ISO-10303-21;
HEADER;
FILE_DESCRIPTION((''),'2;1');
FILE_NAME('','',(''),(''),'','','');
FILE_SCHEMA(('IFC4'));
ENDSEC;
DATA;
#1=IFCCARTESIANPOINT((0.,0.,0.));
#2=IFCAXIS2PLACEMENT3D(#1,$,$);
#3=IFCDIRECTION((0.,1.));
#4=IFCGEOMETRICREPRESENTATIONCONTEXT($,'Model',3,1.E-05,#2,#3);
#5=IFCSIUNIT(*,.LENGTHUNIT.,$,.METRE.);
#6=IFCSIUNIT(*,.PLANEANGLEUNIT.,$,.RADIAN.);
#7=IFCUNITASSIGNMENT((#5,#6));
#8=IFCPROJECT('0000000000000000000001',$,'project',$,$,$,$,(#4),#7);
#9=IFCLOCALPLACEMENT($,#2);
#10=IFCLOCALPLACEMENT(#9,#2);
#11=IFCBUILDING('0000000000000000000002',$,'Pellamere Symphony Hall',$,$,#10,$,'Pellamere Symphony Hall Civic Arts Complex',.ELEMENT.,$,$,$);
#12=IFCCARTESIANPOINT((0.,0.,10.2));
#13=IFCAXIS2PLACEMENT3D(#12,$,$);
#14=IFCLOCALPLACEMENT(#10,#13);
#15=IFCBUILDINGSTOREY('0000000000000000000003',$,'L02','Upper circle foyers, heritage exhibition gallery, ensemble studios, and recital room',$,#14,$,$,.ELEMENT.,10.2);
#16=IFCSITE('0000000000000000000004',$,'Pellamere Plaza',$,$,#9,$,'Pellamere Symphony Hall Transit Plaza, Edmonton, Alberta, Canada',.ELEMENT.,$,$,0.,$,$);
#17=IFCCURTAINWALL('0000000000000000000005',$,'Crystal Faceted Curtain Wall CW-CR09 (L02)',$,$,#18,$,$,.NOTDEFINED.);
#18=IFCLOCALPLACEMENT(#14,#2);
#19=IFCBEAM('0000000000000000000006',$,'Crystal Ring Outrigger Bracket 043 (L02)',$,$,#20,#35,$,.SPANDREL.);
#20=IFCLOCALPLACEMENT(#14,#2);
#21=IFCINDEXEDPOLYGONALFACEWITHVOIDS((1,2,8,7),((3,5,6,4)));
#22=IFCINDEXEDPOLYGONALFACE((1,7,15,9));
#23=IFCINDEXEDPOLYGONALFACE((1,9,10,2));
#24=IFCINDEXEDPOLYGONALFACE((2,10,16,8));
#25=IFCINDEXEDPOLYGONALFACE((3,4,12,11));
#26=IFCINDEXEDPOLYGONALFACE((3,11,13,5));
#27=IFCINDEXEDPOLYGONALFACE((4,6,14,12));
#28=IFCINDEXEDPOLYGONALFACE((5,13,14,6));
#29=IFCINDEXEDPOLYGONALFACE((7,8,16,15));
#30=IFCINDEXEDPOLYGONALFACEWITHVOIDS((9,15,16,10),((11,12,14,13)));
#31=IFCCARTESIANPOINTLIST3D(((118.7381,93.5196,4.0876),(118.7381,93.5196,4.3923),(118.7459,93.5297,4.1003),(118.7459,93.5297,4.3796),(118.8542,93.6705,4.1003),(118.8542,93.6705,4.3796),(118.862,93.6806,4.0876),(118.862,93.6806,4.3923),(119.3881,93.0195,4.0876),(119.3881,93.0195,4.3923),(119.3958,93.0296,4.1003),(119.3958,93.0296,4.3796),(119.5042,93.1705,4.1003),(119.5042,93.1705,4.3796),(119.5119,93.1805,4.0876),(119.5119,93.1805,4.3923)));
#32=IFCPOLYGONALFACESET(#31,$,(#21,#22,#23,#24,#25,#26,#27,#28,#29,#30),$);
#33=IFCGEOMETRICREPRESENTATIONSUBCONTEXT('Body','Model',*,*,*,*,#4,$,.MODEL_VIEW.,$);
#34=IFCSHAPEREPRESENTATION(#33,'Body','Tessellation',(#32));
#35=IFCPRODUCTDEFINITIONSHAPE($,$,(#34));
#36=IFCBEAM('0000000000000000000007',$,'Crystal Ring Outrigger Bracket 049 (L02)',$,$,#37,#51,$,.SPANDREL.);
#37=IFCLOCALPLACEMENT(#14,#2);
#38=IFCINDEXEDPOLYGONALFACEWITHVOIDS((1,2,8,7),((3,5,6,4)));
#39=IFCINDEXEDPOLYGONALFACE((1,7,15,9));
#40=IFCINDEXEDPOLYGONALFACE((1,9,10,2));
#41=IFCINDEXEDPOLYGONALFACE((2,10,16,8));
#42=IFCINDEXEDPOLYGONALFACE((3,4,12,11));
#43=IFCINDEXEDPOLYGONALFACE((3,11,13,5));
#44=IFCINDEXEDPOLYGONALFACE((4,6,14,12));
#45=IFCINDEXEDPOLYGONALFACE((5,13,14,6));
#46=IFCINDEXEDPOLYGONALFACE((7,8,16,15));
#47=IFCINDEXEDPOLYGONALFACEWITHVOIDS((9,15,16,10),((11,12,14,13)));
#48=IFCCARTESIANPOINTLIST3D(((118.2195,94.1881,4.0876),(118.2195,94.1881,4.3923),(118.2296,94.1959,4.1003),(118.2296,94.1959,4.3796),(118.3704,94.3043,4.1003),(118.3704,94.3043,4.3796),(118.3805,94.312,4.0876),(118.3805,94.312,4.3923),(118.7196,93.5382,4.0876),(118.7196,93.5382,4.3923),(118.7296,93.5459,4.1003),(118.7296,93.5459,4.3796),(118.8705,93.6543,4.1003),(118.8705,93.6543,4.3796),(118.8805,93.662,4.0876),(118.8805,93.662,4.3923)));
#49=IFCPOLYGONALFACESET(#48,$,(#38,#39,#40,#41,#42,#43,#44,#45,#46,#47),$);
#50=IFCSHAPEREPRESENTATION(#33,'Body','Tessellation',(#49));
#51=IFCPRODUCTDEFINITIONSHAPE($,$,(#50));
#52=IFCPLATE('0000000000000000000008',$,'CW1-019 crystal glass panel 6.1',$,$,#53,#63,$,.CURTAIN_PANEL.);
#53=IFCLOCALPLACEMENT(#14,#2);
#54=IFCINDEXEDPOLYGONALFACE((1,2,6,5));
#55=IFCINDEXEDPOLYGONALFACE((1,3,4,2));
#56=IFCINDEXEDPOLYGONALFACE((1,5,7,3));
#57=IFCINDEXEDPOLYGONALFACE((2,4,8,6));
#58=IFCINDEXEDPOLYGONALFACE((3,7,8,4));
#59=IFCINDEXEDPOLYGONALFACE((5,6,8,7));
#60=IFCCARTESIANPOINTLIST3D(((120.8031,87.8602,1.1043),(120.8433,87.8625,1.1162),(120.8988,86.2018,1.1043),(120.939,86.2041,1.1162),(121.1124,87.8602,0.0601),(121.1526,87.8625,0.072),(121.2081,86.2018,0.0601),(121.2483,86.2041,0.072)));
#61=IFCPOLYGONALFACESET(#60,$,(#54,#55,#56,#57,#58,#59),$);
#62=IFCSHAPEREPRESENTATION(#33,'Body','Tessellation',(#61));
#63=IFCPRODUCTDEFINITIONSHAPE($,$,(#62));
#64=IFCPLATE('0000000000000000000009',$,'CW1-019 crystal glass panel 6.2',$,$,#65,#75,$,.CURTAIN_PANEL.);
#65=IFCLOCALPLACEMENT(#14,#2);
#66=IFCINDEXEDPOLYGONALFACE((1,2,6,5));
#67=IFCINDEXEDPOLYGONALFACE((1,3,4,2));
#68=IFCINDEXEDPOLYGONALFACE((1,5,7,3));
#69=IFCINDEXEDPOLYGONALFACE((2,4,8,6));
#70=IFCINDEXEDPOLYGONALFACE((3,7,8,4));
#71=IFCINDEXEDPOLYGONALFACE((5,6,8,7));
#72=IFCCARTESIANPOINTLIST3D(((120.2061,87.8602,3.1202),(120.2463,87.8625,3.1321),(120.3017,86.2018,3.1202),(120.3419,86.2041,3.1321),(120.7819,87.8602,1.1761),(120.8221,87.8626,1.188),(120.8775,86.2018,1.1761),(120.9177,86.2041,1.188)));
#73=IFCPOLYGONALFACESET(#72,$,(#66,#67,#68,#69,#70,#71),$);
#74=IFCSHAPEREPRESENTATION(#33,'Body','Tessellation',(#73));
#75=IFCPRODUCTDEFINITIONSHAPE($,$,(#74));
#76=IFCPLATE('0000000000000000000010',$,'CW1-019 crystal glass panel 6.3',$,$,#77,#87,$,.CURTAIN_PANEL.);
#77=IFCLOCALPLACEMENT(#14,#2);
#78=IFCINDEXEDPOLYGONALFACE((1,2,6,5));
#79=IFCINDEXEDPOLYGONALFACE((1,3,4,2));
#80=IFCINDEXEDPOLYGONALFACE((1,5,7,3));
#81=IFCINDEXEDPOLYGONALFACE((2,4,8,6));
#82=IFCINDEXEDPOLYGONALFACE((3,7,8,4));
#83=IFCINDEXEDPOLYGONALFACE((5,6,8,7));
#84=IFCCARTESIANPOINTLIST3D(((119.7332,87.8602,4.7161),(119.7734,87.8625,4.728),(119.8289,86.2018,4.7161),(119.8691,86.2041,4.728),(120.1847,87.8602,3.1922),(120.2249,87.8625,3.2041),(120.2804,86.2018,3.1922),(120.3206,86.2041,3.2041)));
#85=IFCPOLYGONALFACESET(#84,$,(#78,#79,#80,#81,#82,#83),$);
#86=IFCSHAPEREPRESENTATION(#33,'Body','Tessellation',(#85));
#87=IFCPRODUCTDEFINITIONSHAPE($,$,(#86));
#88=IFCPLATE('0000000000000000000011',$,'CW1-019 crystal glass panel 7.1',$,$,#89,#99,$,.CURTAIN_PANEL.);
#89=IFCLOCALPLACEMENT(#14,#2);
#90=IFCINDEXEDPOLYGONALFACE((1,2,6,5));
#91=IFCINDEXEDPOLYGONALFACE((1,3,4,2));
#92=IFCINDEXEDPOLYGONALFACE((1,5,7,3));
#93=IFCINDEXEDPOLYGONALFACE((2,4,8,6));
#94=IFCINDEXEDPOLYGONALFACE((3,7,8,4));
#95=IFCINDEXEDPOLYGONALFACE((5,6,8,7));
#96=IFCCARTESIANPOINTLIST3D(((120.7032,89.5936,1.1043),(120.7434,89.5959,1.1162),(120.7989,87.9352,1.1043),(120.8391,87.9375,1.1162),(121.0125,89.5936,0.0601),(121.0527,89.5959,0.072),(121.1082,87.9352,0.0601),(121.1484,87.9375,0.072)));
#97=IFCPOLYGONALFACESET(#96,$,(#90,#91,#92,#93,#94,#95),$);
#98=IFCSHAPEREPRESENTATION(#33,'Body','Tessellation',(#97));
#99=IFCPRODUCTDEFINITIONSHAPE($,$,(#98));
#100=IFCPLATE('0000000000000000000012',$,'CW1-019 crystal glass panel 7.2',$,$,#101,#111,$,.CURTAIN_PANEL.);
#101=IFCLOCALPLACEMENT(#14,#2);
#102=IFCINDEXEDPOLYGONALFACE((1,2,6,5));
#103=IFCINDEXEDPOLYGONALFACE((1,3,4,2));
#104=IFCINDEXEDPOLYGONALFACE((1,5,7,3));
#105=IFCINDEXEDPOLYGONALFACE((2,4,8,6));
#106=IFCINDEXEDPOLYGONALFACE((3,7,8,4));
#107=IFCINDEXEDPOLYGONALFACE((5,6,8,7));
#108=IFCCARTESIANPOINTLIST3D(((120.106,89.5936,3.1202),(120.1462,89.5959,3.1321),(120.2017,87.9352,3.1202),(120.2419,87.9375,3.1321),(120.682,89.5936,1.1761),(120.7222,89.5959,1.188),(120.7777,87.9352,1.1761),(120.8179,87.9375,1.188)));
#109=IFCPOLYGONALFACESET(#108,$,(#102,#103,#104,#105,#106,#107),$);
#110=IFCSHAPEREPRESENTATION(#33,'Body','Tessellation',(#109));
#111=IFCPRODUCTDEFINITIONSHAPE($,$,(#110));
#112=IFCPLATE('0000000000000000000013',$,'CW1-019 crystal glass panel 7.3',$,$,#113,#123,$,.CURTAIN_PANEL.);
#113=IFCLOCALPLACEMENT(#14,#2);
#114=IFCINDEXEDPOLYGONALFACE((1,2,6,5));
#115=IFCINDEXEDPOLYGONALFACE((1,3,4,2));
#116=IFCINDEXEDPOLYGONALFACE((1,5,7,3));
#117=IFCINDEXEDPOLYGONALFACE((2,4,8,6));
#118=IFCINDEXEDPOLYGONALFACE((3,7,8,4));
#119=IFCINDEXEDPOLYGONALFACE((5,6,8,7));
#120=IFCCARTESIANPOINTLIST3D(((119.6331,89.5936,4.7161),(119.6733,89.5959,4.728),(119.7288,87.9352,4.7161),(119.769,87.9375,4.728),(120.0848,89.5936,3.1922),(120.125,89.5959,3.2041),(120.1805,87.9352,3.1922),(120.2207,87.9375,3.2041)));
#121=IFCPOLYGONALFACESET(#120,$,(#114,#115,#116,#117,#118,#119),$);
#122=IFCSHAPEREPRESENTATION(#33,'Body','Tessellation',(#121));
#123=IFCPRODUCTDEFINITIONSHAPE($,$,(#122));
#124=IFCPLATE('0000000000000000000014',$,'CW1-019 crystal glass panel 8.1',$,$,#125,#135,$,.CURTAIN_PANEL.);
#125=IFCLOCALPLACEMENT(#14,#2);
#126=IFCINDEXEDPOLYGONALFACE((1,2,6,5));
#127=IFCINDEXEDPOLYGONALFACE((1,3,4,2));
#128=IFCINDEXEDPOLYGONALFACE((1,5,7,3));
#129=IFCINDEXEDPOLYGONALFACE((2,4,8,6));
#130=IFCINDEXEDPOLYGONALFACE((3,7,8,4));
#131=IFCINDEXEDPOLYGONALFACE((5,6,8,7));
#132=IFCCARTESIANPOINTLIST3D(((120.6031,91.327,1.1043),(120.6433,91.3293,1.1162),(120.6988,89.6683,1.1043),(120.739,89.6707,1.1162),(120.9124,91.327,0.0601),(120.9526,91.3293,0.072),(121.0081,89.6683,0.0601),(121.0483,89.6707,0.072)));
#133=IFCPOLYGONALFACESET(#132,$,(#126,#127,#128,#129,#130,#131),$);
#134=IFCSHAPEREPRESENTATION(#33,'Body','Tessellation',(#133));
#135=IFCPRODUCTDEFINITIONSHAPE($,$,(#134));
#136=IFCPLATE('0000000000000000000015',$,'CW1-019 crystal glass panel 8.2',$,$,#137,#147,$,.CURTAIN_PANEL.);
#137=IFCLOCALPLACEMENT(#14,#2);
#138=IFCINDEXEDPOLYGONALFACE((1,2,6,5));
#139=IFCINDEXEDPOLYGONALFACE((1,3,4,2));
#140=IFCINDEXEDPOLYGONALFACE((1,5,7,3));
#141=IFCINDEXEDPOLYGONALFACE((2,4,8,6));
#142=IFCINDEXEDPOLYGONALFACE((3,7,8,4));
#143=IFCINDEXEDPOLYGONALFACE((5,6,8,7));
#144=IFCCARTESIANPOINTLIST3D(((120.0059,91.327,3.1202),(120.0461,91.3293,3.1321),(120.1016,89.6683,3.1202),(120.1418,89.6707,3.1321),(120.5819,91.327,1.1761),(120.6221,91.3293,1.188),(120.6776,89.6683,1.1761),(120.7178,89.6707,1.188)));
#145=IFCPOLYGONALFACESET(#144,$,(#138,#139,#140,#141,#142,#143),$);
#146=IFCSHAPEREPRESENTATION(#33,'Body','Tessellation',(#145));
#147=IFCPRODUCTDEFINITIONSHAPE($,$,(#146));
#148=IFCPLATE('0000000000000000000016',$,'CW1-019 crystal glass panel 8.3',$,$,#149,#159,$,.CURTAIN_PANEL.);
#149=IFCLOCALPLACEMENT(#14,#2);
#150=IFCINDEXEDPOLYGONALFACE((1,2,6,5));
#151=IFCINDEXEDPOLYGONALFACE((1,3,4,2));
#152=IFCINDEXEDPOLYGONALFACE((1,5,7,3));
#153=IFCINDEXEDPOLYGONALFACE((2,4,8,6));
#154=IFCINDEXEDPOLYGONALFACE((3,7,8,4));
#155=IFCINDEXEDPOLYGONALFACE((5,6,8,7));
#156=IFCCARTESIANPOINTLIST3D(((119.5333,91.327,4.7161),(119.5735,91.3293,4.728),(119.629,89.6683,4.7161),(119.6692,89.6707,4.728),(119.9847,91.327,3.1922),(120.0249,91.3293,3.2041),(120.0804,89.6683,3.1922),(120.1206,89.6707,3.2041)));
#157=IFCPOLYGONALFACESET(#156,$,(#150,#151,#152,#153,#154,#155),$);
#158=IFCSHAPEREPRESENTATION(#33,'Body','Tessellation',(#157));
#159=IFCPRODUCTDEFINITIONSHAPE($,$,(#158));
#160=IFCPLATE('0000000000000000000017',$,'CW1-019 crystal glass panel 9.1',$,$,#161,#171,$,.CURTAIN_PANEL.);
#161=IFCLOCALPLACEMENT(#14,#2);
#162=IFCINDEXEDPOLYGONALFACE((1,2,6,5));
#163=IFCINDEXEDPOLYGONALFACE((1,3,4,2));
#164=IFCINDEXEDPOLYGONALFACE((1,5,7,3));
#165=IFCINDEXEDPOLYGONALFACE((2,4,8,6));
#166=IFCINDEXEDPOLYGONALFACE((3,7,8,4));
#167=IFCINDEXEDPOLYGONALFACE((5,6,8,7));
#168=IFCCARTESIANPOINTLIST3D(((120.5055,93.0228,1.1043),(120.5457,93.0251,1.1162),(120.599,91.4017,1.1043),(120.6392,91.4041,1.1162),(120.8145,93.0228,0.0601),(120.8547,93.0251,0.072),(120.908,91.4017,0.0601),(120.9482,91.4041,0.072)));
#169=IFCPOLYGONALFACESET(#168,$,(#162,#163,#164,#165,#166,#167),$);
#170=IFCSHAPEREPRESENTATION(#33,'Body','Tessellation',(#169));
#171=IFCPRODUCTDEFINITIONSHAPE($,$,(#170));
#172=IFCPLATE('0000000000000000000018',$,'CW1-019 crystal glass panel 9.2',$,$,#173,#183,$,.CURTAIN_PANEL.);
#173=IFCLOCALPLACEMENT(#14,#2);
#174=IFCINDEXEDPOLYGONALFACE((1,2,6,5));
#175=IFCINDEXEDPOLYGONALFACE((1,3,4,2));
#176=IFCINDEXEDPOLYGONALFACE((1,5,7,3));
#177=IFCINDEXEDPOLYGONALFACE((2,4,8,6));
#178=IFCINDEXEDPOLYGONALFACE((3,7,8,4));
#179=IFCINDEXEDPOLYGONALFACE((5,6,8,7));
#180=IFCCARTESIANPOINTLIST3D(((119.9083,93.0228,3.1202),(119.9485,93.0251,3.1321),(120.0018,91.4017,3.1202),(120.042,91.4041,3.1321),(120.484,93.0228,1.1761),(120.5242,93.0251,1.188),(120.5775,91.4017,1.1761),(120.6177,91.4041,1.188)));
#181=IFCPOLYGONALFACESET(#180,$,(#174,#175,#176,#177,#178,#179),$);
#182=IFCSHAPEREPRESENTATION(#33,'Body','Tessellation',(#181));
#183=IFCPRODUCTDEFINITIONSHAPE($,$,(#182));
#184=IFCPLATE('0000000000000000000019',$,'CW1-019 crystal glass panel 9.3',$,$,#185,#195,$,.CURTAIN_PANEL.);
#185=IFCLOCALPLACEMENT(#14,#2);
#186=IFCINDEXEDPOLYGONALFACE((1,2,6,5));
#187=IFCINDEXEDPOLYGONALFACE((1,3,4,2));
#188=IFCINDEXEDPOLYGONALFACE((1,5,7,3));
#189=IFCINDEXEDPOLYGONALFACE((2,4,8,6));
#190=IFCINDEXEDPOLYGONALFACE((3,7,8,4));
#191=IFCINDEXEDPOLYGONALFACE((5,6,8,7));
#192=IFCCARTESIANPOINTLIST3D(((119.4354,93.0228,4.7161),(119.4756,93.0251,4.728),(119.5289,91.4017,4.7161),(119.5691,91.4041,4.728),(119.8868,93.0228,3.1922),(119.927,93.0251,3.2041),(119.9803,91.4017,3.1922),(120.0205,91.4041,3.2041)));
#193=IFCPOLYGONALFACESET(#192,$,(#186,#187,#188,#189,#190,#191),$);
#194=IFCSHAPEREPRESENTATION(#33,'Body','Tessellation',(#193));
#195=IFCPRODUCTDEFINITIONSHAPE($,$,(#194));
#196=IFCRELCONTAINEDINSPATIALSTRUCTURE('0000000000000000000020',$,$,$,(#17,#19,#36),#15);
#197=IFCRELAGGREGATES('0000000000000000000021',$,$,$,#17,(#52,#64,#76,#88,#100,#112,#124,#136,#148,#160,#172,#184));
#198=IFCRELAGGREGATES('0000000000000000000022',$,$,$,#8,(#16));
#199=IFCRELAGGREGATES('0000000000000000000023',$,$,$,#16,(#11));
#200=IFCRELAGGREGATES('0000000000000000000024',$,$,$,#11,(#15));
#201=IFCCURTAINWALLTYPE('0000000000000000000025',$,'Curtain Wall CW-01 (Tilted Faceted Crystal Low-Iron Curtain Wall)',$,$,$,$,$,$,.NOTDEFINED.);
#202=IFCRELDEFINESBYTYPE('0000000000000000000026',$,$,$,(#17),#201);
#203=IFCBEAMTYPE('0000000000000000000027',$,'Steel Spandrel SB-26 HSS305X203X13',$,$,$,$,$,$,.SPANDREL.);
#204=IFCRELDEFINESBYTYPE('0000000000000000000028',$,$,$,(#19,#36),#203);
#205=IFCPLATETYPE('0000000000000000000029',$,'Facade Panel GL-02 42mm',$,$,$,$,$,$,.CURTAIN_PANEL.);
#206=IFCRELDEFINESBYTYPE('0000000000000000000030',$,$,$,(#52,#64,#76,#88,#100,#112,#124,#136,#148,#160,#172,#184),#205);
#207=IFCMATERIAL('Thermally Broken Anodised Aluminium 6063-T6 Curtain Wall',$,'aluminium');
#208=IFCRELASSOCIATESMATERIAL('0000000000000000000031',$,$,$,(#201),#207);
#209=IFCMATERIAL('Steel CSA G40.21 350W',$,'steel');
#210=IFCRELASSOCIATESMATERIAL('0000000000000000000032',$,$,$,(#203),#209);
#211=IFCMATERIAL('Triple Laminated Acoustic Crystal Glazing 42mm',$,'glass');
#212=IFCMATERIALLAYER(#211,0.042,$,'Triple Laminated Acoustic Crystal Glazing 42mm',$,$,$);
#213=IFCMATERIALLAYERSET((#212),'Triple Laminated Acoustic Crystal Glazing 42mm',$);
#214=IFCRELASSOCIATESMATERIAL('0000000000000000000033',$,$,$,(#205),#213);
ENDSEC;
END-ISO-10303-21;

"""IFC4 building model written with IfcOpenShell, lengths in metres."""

from ifc_helpers import new_model, si_unit, direction, frame, origin, origin_2d, place, context, subcontext, project, spatial, polyline, hollow_rectangle, outline, extrude, material, layer, layer_set, material_profile, profile_set, type_object, element, aggregate, save


model = new_model("IFC4")

# Units and contexts
model_context = context("Model", 3, precision=1e-05, world=origin(), true_north=direction((0.0, 1.0)))
body_context = subcontext(model_context, "Body", "Model", "MODEL_VIEW")
ifc_project = project(units=[si_unit("LENGTHUNIT", "METRE"), si_unit("PLANEANGLEUNIT", "RADIAN")], contexts=[model_context])

# Site, building, storey
site_placement = place(None, origin())
site = spatial("IfcSite", under=ifc_project, at=site_placement, Name="Pellamere Plaza", LongName="Pellamere Symphony Hall Transit Plaza, Edmonton, Alberta, Canada", CompositionType="ELEMENT", RefElevation=0.0)
building_placement = place(site_placement, origin())
building = spatial("IfcBuilding", under=site, at=building_placement, Name="Pellamere Symphony Hall", LongName="Pellamere Symphony Hall Civic Arts Complex", CompositionType="ELEMENT")
storey_placement = place(building_placement, frame((0.0, 0.0, 10.2)))
storey = spatial("IfcBuildingStorey", under=building, at=storey_placement, Name="L02", Description="Upper circle foyers, heritage exhibition gallery, ensemble studios, and recital room", CompositionType="ELEMENT", Elevation=10.2)

# Curtain wall
ifc_material_1 = material(Name="Thermally Broken Anodised Aluminium 6063-T6 Curtain Wall", Category="aluminium")
curtain_wall_type = type_object("IfcCurtainWallType", Name="Curtain Wall CW-01 (Tilted Faceted Crystal Low-Iron Curtain Wall)", PredefinedType="NOTDEFINED", material=ifc_material_1)
curtain_wall_placement = place(storey_placement, origin())
curtain_wall = element("IfcCurtainWall", 1, at=curtain_wall_placement, inside=storey, type_object=curtain_wall_type, Name="Crystal Faceted Curtain Wall CW-CR09 (L02)", PredefinedType="NOTDEFINED")

# Beams
ifc_material_2 = material(Name="Steel CSA G40.21 350W", Category="steel")
ifc_material_profile_1 = material_profile(ifc_material_2, hollow_rectangle(XDim=0.2031, YDim=0.3047, WallThickness=0.0127, at=origin_2d()), Name="HSS305X203X13")
ifc_profile_set_1 = profile_set([ifc_material_profile_1], Name="Steel CSA G40.21 350W")
beam_type = type_object("IfcBeamType", Name="Steel Spandrel SB-26 HSS305X203X13", PredefinedType="SPANDREL", material=ifc_profile_set_1)
for number, where, z_axis, x_axis, name in (
    (2, (118.8, 93.6001, 4.24), (0.79258, -0.609768, 0.0), (0.609768, 0.79258, 0.0), "Crystal Ring Outrigger Bracket 043 (L02)"),
    (3, (118.8, 93.6001, 4.24), (-0.609768, 0.79258, 0.0), (-0.79258, -0.609768, 0.0), "Crystal Ring Outrigger Bracket 049 (L02)"),
):
    element("IfcBeam", number, at=place(storey_placement, frame(where, z_axis=z_axis, x_axis=x_axis)), inside=storey, type_object=beam_type, Name=name, PredefinedType="SPANDREL", context=body_context, shape_type="SweptSolid", body=[
        extrude(hollow_rectangle(XDim=0.2031, YDim=0.3047, WallThickness=0.0127, at=origin_2d()), origin(), (0.0, 0.0, 1.0), 0.8201),
    ])

# Plates
ifc_material_3 = material(Name="Triple Laminated Acoustic Crystal Glazing 42mm", Category="glass")
ifc_layer_1 = layer(ifc_material_3, 0.042, Name="Triple Laminated Acoustic Crystal Glazing 42mm")
ifc_layer_set_1 = layer_set([ifc_layer_1], Name="Triple Laminated Acoustic Crystal Glazing 42mm")
plate_type_1 = type_object("IfcPlateType", Name="Facade Panel GL-02 42mm", PredefinedType="CURTAIN_PANEL", material=ifc_layer_set_1)
plate_1_placement = place(storey_placement, frame((121.2483, 86.2041, 0.072), z_axis=(0.95735, 0.055245, 0.283601), x_axis=(-0.057611, 0.998339, 0.0)))
plate_1 = element("IfcPlate", 4, at=plate_1_placement, type_object=plate_type_1, Name="CW1-019 crystal glass panel 6.1", PredefinedType="CURTAIN_PANEL", context=body_context, shape_type="SweptSolid", body=[
    extrude(outline(polyline([(0.0, 0.0), (1.6612, 0.0), (1.679, 1.0889), (0.0178, 1.0889), (0.0, 0.0)])), origin(), (0.0, 0.0, -1.0), 0.042),
])
plate_2_placement = place(storey_placement, frame((120.9177, 86.2041, 1.188), z_axis=(0.957367, 0.055176, 0.283555), x_axis=(-0.057543, 0.998343, 0.00002)))
plate_2 = element("IfcPlate", 5, at=plate_2_placement, type_object=plate_type_1, Name="CW1-019 crystal glass panel 6.2", PredefinedType="CURTAIN_PANEL", context=body_context, shape_type="SweptSolid", body=[
    extrude(outline(polyline([(0.0, 0.0), (1.6612, 0.0), (1.6944, 2.0273), (0.0332, 2.0273), (0.0, 0.0)])), origin(), (0.0, 0.0, -1.0), 0.042),
])
plate_3_placement = place(storey_placement, frame((120.3206, 86.2041, 3.2041), z_axis=(0.957354, 0.055246, 0.283587), x_axis=(-0.057611, 0.998339, 0.0)))
plate_3 = element("IfcPlate", 6, at=plate_3_placement, type_object=plate_type_1, Name="CW1-019 crystal glass panel 6.3", PredefinedType="CURTAIN_PANEL", context=body_context, shape_type="SweptSolid", body=[
    extrude(outline(polyline([(0.0, 0.0), (1.6612, 0.0), (1.6872, 1.5892), (0.026, 1.5892), (0.0, 0.0)])), origin(), (0.0, 0.0, -1.0), 0.042),
])
plate_4_placement = place(storey_placement, frame((121.1484, 87.9375, 0.072), z_axis=(0.95735, 0.055245, 0.283601), x_axis=(-0.057611, 0.998339, 0.0)))
plate_4 = element("IfcPlate", 7, at=plate_4_placement, type_object=plate_type_1, Name="CW1-019 crystal glass panel 7.1", PredefinedType="CURTAIN_PANEL", context=body_context, shape_type="SweptSolid", body=[
    extrude(outline(polyline([(0.0, 0.0), (1.6612, 0.0), (1.679, 1.0889), (0.0178, 1.0889), (0.0, 0.0)])), origin(), (0.0, 0.0, -1.0), 0.042),
])
plate_5_placement = place(storey_placement, frame((120.8179, 87.9375, 1.188), z_axis=(0.957347, 0.055245, 0.283609), x_axis=(-0.057611, 0.998339, 0.0)))
plate_5 = element("IfcPlate", 8, at=plate_5_placement, type_object=plate_type_1, Name="CW1-019 crystal glass panel 7.2", PredefinedType="CURTAIN_PANEL", context=body_context, shape_type="SweptSolid", body=[
    extrude(outline(polyline([(0.0, 0.0), (1.6612, 0.0), (1.6944, 2.0273), (0.0332, 2.0273), (0.0, 0.0)])), origin(), (0.0, 0.0, -1.0), 0.042),
])
plate_6_placement = place(storey_placement, frame((120.2207, 87.9375, 3.2041), z_axis=(0.957312, 0.055243, 0.283728), x_axis=(-0.057611, 0.998339, 0.0)))
plate_6 = element("IfcPlate", 9, at=plate_6_placement, type_object=plate_type_1, Name="CW1-019 crystal glass panel 7.3", PredefinedType="CURTAIN_PANEL", context=body_context, shape_type="SweptSolid", body=[
    extrude(outline(polyline([(0.0, 0.0), (1.6612, 0.0), (1.6872, 1.5892), (0.026, 1.5892), (0.0, 0.0)])), origin(), (0.0, 0.0, -1.0), 0.042),
])
plate_7_placement = place(storey_placement, frame((121.0483, 89.6707, 0.072), z_axis=(0.95735, 0.055237, 0.283601), x_axis=(-0.057602, 0.99834, 0.0)))
plate_7 = element("IfcPlate", 10, at=plate_7_placement, type_object=plate_type_1, Name="CW1-019 crystal glass panel 8.1", PredefinedType="CURTAIN_PANEL", context=body_context, shape_type="SweptSolid", body=[
    extrude(outline(polyline([(0.0, 0.0), (1.6615, 0.0), (1.6793, 1.0889), (0.0178, 1.0889), (0.0, 0.0)])), origin(), (0.0, 0.0, -1.0), 0.042),
])
plate_8_placement = place(storey_placement, frame((120.7178, 89.6707, 1.188), z_axis=(0.957348, 0.055237, 0.28361), x_axis=(-0.057602, 0.99834, 0.0)))
plate_8 = element("IfcPlate", 11, at=plate_8_placement, type_object=plate_type_1, Name="CW1-019 crystal glass panel 8.2", PredefinedType="CURTAIN_PANEL", context=body_context, shape_type="SweptSolid", body=[
    extrude(outline(polyline([(0.0, 0.0), (1.6615, 0.0), (1.6946, 2.0273), (0.0332, 2.0273), (0.0, 0.0)])), origin(), (0.0, 0.0, -1.0), 0.042),
])
plate_9_placement = place(storey_placement, frame((120.1206, 89.6707, 3.2041), z_axis=(0.957354, 0.055237, 0.283587), x_axis=(-0.057602, 0.99834, 0.0)))
plate_9 = element("IfcPlate", 12, at=plate_9_placement, type_object=plate_type_1, Name="CW1-019 crystal glass panel 8.3", PredefinedType="CURTAIN_PANEL", context=body_context, shape_type="SweptSolid", body=[
    extrude(outline(polyline([(0.0, 0.0), (1.6615, 0.0), (1.6875, 1.5892), (0.026, 1.5892), (0.0, 0.0)])), origin(), (0.0, 0.0, -1.0), 0.042),
])
plate_10_placement = place(storey_placement, frame((120.9482, 91.4041, 0.072), z_axis=(0.957412, 0.055224, 0.283396), x_axis=(-0.057585, 0.998341, 0.0)))
plate_10 = element("IfcPlate", 13, at=plate_10_placement, type_object=plate_type_1, Name="CW1-019 crystal glass panel 9.1", PredefinedType="CURTAIN_PANEL", context=body_context, shape_type="SweptSolid", body=[
    extrude(outline(polyline([(0.0, 0.0), (1.6238, 0.0), (1.6416, 1.0888), (0.0178, 1.0888), (0.0, 0.0)])), origin(), (0.0, 0.0, -1.0), 0.042),
])
plate_11_placement = place(storey_placement, frame((120.6177, 91.4041, 1.188), z_axis=(0.957381, 0.055222, 0.283499), x_axis=(-0.057585, 0.998341, 0.0)))
plate_11 = element("IfcPlate", 14, at=plate_11_placement, type_object=plate_type_1, Name="CW1-019 crystal glass panel 9.2", PredefinedType="CURTAIN_PANEL", context=body_context, shape_type="SweptSolid", body=[
    extrude(outline(polyline([(0.0, 0.0), (1.6238, 0.0), (1.6569, 2.0273), (0.0332, 2.0273), (0.0, 0.0)])), origin(), (0.0, 0.0, -1.0), 0.042),
])
plate_12_placement = place(storey_placement, frame((120.0205, 91.4041, 3.2041), z_axis=(0.957355, 0.055221, 0.283587), x_axis=(-0.057585, 0.998341, 0.0)))
plate_12 = element("IfcPlate", 15, at=plate_12_placement, type_object=plate_type_1, Name="CW1-019 crystal glass panel 9.3", PredefinedType="CURTAIN_PANEL", context=body_context, shape_type="SweptSolid", body=[
    extrude(outline(polyline([(0.0, 0.0), (1.6238, 0.0), (1.6498, 1.5892), (0.026, 1.5892), (0.0, 0.0)])), origin(), (0.0, 0.0, -1.0), 0.042),
])
aggregate(curtain_wall, [plate_1, plate_2, plate_3, plate_4, plate_5, plate_6, plate_7, plate_8, plate_9, plate_10, plate_11, plate_12])

save(model, "model.ifc")
